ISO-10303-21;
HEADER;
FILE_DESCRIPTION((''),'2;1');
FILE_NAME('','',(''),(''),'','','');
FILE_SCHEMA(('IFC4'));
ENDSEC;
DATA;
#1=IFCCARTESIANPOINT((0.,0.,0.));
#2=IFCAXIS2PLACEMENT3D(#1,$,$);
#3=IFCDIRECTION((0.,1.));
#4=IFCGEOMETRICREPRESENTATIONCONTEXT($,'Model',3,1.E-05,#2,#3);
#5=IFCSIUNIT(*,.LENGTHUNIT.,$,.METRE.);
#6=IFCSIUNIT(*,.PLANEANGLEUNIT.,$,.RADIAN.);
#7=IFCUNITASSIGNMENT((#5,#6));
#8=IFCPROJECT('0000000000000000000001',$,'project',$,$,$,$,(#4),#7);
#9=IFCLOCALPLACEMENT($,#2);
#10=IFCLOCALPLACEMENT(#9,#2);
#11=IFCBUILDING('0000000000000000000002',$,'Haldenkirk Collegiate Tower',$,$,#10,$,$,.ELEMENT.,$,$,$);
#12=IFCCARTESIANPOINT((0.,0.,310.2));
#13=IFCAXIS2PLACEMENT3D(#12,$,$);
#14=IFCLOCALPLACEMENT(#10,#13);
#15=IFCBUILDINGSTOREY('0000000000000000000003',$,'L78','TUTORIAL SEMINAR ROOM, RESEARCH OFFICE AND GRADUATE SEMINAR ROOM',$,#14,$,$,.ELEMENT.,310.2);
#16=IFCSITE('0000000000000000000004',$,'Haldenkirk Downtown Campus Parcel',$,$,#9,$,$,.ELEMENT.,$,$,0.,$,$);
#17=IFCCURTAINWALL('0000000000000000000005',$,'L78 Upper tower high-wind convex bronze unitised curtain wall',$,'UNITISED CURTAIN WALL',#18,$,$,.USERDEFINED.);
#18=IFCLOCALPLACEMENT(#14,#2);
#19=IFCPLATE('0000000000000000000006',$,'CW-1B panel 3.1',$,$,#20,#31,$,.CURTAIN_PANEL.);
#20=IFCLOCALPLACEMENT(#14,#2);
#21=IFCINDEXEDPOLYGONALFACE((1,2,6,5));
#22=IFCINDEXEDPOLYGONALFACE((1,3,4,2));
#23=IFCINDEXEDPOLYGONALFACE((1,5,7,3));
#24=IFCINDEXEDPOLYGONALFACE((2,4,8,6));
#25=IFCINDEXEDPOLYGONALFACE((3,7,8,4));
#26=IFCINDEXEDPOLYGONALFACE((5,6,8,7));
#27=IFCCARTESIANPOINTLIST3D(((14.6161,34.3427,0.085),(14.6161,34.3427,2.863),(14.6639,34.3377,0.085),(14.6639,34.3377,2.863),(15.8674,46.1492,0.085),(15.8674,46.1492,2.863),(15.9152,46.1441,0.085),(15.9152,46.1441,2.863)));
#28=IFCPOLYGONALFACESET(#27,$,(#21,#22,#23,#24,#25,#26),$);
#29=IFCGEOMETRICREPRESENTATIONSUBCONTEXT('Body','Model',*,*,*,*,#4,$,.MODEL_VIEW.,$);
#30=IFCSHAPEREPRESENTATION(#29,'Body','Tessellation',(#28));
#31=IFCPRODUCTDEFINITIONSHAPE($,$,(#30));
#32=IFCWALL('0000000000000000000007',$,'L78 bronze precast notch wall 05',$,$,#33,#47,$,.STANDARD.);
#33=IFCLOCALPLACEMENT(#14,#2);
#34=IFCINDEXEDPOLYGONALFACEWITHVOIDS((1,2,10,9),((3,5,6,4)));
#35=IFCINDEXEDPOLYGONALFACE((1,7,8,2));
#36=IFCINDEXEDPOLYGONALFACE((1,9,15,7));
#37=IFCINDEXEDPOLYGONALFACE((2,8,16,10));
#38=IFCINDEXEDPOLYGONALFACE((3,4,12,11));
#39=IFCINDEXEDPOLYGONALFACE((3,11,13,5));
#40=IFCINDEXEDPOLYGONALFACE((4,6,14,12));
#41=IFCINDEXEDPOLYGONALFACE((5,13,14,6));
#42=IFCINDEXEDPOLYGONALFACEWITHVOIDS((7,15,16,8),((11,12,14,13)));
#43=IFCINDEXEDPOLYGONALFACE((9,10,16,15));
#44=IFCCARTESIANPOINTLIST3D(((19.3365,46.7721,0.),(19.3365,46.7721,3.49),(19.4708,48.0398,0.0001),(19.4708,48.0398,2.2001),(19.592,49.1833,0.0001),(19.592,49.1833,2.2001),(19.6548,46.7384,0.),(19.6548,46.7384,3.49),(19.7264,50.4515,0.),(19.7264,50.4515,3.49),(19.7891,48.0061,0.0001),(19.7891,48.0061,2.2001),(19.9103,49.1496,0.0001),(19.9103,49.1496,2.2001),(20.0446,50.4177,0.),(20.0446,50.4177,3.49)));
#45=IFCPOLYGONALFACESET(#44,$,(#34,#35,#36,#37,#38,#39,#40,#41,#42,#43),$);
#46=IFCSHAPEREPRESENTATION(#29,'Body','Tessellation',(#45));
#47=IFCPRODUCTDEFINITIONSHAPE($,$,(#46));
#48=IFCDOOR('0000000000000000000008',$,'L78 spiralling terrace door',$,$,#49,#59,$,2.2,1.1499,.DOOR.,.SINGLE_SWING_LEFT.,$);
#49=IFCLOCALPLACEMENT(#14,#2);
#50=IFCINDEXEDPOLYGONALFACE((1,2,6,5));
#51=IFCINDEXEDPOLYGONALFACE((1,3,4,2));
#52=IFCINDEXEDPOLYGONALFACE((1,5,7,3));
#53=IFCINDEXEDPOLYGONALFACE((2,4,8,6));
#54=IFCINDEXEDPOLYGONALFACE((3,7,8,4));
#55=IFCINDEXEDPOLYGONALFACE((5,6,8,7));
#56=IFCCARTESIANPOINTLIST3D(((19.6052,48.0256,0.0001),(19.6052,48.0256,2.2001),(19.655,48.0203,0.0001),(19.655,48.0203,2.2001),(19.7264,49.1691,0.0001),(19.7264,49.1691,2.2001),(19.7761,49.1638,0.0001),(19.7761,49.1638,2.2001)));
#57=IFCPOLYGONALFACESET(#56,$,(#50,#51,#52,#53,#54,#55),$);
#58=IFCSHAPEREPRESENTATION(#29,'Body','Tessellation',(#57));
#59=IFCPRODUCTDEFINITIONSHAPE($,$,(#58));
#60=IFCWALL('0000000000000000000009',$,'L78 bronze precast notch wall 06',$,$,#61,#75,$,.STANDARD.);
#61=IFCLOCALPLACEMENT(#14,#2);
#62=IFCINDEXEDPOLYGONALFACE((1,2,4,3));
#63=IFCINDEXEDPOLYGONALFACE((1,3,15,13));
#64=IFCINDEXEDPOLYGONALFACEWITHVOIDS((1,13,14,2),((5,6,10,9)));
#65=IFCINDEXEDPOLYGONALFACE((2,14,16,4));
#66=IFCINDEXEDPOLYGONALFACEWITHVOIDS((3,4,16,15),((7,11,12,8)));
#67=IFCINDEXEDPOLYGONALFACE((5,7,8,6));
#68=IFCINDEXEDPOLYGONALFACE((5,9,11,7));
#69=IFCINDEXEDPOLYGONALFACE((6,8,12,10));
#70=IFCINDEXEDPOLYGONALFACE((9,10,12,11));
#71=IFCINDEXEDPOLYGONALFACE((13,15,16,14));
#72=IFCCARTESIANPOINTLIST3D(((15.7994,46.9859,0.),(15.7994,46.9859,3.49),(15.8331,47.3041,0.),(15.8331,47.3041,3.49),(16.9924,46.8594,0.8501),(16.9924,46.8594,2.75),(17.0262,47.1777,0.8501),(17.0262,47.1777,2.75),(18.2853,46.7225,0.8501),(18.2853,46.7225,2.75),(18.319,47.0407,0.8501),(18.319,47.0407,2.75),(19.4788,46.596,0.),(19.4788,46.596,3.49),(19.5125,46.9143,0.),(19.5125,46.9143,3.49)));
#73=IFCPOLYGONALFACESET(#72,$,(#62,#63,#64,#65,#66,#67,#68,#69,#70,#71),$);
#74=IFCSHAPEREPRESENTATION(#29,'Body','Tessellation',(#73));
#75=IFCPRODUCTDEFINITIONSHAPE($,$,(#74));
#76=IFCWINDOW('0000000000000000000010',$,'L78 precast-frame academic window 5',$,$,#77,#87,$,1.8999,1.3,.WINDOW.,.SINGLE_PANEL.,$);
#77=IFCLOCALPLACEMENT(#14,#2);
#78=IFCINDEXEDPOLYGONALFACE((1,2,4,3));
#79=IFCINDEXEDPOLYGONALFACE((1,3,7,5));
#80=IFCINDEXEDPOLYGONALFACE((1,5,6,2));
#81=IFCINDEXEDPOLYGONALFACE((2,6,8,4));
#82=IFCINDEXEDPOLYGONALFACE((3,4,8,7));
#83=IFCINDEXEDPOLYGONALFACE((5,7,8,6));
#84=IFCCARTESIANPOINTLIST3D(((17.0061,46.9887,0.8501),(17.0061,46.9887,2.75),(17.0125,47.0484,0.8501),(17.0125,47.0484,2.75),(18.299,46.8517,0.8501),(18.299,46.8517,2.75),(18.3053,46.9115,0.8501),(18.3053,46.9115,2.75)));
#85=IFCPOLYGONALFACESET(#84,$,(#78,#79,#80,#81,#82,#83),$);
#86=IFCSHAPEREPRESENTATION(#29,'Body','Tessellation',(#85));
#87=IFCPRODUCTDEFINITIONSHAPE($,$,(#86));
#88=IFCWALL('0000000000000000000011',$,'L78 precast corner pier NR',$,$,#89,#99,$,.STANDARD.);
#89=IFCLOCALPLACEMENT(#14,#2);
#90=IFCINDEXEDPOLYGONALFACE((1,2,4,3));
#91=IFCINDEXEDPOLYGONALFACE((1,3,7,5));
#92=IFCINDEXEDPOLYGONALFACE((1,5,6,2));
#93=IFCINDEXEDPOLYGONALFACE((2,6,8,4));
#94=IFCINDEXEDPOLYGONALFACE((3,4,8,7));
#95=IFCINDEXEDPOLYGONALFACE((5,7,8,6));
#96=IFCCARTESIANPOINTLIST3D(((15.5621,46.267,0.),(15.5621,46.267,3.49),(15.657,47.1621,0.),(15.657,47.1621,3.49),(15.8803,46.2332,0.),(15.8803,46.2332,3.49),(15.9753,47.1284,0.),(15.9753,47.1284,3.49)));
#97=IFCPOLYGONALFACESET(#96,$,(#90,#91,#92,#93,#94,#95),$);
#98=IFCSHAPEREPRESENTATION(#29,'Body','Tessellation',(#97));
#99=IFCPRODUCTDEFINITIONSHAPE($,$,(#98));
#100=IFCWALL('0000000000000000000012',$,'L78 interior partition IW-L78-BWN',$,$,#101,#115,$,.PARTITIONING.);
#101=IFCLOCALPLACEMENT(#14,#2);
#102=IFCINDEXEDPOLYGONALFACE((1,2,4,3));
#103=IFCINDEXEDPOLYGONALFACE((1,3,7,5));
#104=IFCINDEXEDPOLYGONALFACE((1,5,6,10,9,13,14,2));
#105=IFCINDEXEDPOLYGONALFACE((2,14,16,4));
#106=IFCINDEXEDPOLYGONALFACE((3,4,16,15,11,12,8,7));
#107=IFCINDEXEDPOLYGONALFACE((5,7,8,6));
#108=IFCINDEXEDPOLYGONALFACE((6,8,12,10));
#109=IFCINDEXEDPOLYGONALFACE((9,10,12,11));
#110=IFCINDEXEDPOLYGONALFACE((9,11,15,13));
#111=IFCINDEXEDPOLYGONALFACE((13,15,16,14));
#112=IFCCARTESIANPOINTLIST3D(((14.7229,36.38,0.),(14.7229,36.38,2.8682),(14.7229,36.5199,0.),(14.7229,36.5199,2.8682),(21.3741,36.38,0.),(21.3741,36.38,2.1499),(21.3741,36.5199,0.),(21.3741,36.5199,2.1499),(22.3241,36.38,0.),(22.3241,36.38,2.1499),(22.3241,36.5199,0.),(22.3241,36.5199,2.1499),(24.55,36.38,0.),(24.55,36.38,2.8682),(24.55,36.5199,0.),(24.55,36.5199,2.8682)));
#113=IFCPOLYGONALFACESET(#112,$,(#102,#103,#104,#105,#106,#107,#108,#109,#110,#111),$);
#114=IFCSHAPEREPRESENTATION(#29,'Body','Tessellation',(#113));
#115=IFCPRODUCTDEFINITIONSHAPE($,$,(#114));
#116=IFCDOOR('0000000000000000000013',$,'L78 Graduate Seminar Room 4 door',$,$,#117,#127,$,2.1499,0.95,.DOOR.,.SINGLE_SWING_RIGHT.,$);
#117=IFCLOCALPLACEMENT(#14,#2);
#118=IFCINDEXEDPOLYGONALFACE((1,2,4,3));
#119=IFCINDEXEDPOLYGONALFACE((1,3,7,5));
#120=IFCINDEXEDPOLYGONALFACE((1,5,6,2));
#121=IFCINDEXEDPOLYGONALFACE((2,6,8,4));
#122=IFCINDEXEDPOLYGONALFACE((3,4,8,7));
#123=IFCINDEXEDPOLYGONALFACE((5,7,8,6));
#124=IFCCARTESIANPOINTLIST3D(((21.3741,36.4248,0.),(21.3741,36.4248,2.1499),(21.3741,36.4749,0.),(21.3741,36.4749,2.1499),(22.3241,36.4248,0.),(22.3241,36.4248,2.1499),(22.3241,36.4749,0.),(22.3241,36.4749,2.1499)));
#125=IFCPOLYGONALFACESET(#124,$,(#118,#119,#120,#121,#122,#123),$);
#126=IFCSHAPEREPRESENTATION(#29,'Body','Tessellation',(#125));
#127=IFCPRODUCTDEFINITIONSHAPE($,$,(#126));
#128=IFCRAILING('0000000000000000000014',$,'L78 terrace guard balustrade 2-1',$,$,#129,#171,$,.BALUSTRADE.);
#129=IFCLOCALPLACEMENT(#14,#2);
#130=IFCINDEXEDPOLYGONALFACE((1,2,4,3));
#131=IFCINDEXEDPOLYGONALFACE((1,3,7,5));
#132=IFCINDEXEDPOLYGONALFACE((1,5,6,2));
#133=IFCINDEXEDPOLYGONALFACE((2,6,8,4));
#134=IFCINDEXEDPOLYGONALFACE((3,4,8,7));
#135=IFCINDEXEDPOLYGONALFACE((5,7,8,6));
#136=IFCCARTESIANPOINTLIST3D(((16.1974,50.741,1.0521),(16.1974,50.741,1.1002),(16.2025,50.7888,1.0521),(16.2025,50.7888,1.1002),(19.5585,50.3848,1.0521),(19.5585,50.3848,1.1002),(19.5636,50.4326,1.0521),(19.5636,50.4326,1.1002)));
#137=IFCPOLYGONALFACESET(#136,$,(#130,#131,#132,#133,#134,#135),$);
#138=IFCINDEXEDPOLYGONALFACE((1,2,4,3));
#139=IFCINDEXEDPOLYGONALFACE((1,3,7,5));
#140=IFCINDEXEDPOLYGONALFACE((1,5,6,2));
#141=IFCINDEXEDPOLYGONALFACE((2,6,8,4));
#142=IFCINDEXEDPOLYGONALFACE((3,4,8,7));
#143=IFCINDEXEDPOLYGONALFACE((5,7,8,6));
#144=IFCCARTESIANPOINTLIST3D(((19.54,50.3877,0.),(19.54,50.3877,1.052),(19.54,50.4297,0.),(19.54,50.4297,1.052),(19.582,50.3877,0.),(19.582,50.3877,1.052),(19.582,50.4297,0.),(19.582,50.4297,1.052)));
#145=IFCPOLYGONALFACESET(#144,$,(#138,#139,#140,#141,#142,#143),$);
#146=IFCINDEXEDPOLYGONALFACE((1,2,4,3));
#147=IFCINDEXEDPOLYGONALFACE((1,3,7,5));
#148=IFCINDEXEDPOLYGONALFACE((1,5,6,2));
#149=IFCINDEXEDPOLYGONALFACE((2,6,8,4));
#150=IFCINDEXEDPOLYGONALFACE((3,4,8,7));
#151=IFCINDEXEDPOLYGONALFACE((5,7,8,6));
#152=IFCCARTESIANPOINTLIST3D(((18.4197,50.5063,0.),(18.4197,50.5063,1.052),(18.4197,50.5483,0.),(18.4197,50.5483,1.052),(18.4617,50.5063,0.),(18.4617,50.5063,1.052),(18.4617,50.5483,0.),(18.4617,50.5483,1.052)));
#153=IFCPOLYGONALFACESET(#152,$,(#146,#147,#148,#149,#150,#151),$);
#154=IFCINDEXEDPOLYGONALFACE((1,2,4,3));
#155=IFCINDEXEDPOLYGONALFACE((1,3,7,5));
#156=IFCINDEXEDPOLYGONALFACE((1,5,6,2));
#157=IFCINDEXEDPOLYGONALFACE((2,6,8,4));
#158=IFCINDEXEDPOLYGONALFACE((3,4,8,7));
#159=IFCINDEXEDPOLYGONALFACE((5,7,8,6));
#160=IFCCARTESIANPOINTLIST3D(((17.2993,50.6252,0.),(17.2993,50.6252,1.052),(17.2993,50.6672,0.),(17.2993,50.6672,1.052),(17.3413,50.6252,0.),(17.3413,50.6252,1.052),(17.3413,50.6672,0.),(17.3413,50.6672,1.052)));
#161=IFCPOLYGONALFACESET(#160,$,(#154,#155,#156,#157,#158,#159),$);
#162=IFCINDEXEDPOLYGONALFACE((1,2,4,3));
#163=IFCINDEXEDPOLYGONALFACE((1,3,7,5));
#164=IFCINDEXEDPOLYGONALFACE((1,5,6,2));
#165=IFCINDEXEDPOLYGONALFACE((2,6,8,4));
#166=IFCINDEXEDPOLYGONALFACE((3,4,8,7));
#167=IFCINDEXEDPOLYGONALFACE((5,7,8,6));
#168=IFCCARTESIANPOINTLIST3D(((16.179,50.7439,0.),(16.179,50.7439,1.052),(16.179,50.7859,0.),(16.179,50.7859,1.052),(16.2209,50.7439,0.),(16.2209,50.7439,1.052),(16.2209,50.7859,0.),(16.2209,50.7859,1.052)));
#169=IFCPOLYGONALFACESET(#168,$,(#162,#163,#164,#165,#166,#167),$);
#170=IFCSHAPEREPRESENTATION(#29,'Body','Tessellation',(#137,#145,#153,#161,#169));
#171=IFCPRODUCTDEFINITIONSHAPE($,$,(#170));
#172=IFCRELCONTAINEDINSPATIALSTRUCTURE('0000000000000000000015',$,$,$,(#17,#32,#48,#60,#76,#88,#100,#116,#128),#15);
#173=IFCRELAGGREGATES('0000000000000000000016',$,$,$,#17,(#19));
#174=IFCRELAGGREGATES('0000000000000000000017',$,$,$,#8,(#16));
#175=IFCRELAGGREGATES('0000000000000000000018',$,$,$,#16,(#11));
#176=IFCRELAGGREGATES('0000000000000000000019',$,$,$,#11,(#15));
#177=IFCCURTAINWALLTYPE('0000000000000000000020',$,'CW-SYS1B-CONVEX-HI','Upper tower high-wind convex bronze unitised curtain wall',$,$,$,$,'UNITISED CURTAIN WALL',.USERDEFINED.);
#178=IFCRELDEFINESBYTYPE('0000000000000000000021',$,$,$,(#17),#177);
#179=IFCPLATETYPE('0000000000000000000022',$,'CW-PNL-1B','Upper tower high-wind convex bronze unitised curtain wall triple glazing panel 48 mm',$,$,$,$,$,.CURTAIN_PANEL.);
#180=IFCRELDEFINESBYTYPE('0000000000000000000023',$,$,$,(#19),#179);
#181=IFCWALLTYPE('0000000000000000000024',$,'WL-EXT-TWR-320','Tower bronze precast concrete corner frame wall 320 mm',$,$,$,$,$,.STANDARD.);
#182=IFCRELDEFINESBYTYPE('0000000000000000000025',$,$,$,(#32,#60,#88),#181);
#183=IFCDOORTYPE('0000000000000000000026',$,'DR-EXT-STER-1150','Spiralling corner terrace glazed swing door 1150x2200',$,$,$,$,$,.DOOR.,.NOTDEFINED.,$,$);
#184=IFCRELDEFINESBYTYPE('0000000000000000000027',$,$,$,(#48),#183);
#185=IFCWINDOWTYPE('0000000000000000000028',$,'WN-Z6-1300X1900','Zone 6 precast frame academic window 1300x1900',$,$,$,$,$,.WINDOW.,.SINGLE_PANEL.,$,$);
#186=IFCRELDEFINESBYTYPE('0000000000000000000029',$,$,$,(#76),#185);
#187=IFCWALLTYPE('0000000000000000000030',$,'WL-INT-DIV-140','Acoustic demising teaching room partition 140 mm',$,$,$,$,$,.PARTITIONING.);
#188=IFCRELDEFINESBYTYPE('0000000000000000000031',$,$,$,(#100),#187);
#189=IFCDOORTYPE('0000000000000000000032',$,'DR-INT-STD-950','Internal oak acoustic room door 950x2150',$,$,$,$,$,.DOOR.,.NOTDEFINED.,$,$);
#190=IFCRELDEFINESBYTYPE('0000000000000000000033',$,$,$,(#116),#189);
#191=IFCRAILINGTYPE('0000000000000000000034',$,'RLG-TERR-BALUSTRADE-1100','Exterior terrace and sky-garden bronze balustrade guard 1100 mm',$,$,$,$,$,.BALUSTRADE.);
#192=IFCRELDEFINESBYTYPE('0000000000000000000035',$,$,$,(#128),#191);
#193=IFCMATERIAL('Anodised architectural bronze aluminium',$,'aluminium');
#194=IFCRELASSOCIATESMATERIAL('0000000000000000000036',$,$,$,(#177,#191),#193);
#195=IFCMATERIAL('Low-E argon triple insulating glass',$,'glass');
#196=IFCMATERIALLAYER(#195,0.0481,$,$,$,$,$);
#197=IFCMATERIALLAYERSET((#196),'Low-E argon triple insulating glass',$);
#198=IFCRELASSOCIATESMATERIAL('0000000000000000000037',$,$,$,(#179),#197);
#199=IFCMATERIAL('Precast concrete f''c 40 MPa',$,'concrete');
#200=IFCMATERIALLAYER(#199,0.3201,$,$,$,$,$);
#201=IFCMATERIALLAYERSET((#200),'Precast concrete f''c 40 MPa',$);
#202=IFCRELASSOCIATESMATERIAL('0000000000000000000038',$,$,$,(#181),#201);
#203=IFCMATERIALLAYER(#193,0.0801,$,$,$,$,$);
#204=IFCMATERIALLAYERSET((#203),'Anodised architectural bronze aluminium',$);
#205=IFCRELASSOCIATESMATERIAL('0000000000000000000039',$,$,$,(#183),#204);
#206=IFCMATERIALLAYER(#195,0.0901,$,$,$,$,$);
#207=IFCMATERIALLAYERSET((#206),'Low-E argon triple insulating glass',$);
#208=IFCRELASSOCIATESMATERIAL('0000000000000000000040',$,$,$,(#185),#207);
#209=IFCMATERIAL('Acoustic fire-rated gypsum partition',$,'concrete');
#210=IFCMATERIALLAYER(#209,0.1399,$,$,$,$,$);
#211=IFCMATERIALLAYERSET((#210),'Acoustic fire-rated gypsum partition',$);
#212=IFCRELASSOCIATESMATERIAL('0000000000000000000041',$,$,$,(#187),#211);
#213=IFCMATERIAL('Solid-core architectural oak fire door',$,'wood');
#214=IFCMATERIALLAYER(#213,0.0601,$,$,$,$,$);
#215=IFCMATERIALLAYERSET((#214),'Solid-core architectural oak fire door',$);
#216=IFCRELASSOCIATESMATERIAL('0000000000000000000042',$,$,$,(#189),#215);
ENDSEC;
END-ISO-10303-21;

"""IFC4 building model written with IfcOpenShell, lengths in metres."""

from ifc_helpers import new_model, si_unit, direction, frame, frame_2d, origin, origin_2d, place, context, subcontext, project, spatial, rectangle, extrude, source, transform, mapped, material, layer, layer_set, type_object, element, fill, aggregate, save


model = new_model("IFC4")

# Units and contexts
model_context = context("Model", 3, precision=1e-05, world=origin(), true_north=direction((0.0, 1.0)))
body_context = subcontext(model_context, "Body", "Model", "MODEL_VIEW")
ifc_project = project(units=[si_unit("LENGTHUNIT", "METRE"), si_unit("PLANEANGLEUNIT", "RADIAN")], contexts=[model_context])

# Site, building, storey
site_placement = place(None, origin())
site = spatial("IfcSite", under=ifc_project, at=site_placement, Name="Haldenkirk Downtown Campus Parcel", CompositionType="ELEMENT", RefElevation=0.0)
building_placement = place(site_placement, origin())
building = spatial("IfcBuilding", under=site, at=building_placement, Name="Haldenkirk Collegiate Tower", CompositionType="ELEMENT")
storey_placement = place(building_placement, frame((0.0, 0.0, 310.2)))
storey = spatial("IfcBuildingStorey", under=building, at=storey_placement, Name="L78", Description="TUTORIAL SEMINAR ROOM, RESEARCH OFFICE AND GRADUATE SEMINAR ROOM", CompositionType="ELEMENT", Elevation=310.2)

# Curtain wall, plate
ifc_material_1 = material(Name="Anodised architectural bronze aluminium", Category="aluminium")
curtain_wall_type = type_object("IfcCurtainWallType", Name="CW-SYS1B-CONVEX-HI", Description="Upper tower high-wind convex bronze unitised curtain wall", ElementType="UNITISED CURTAIN WALL", PredefinedType="USERDEFINED", material=ifc_material_1)
curtain_wall_placement = place(storey_placement, origin())
curtain_wall = element("IfcCurtainWall", 1, at=curtain_wall_placement, inside=storey, type_object=curtain_wall_type, Name="L78 Upper tower high-wind convex bronze unitised curtain wall", ObjectType="UNITISED CURTAIN WALL", PredefinedType="USERDEFINED")
ifc_material_2 = material(Name="Low-E argon triple insulating glass", Category="glass")
ifc_layer_1 = layer(ifc_material_2, 0.0481)
ifc_layer_set_1 = layer_set([ifc_layer_1], Name="Low-E argon triple insulating glass")
plate_type = type_object("IfcPlateType", Name="CW-PNL-1B", Description="Upper tower high-wind convex bronze unitised curtain wall triple glazing panel 48 mm", PredefinedType="CURTAIN_PANEL", material=ifc_layer_set_1)
shared_shape_1 = source(origin(), body_context, "Body", "SweptSolid", [
    extrude(rectangle(XDim=11.8726, YDim=0.0481, at=origin_2d()), origin(), (0.0, 0.0, 1.0), 2.7781),
])
plate_placement = place(storey_placement, frame((15.2656, 40.2434, 0.085), z_axis=(0.0, 0.0, 1.0), x_axis=(0.105394, 0.99443, 0.0)))
plate = element("IfcPlate", 2, at=plate_placement, type_object=plate_type, Name="CW-1B panel 3.1", PredefinedType="CURTAIN_PANEL", context=body_context, shape_type="MappedRepresentation", body=[
    mapped(shared_shape_1, transform((0.0, 0.0, 0.0), x_axis=(1.0, 0.0, 0.0), y_axis=(0.0, 1.0, 0.0), z_axis=(0.0, 0.0, 1.0), scale=1.0)),
])
aggregate(curtain_wall, [plate])

# Wall, opening, door
ifc_material_3 = material(Name="Precast concrete f'c 40 MPa", Category="concrete")
ifc_layer_2 = layer(ifc_material_3, 0.3201)
ifc_layer_set_2 = layer_set([ifc_layer_2], Name="Precast concrete f'c 40 MPa")
wall_type_1 = type_object("IfcWallType", Name="WL-EXT-TWR-320", Description="Tower bronze precast concrete corner frame wall 320 mm", PredefinedType="STANDARD", material=ifc_layer_set_2)
wall_1_placement = place(storey_placement, frame((19.4956, 46.7551, 0.0), z_axis=(0.0, 0.0, 1.0), x_axis=(0.105375, 0.994433, 0.0)))
wall_1 = element("IfcWall", 3, at=wall_1_placement, inside=storey, type_object=wall_type_1, Name="L78 bronze precast notch wall 05", PredefinedType="STANDARD", context=body_context, shape_type="SweptSolid", body=[
    extrude(rectangle(XDim=3.7, YDim=0.3201, at=frame_2d((1.8501, 0.0))), origin(), (0.0, 0.0, 1.0), 3.49),
])
opening_1_placement = place(wall_1_placement, frame((1.2749, 0.0, 0.0)))
opening_1 = element("IfcOpeningElement", 4, at=opening_1_placement, cuts=wall_1, PredefinedType="OPENING", context=body_context, shape_type="SweptSolid", body=[
    extrude(rectangle(XDim=1.1499, YDim=2.2, at=frame_2d((0.575, 1.1001))), frame((0.0, 0.1699, 0.0), z_axis=(0.0, -1.0, 0.0), x_axis=(1.0, 0.0, 0.0)), (0.0, 0.0, 1.0), 0.3401),
])
ifc_layer_3 = layer(ifc_material_1, 0.0801)
ifc_layer_set_3 = layer_set([ifc_layer_3], Name="Anodised architectural bronze aluminium")
door_type_1 = type_object("IfcDoorType", Name="DR-EXT-STER-1150", Description="Spiralling corner terrace glazed swing door 1150x2200", OperationType="NOTDEFINED", PredefinedType="DOOR", material=ifc_layer_set_3)
door_1_placement = place(opening_1_placement, origin())
door_1 = element("IfcDoor", 5, at=door_1_placement, inside=storey, type_object=door_type_1, Name="L78 spiralling terrace door", OperationType="SINGLE_SWING_LEFT", OverallHeight=2.2, OverallWidth=1.1499, PredefinedType="DOOR", context=body_context, shape_type="SweptSolid", body=[
    extrude(rectangle(XDim=1.1499, YDim=2.2, at=frame_2d((0.575, 1.1001))), frame((0.0, 0.0249, 0.0), z_axis=(0.0, -1.0, 0.0), x_axis=(1.0, 0.0, 0.0)), (0.0, 0.0, 1.0), 0.05),
])
fill(opening_1, door_1)

# Wall, opening, window
wall_2_placement = place(storey_placement, frame((15.8162, 47.145, 0.0), z_axis=(0.0, 0.0, 1.0), x_axis=(0.994433, -0.105375, 0.0)))
wall_2 = element("IfcWall", 6, at=wall_2_placement, inside=storey, type_object=wall_type_1, Name="L78 bronze precast notch wall 06", PredefinedType="STANDARD", context=body_context, shape_type="SweptSolid", body=[
    extrude(rectangle(XDim=3.7, YDim=0.3201, at=frame_2d((1.8501, 0.0))), origin(), (0.0, 0.0, 1.0), 3.49),
])
opening_2_placement = place(wall_2_placement, frame((1.2, 0.0, 0.8501)))
opening_2 = element("IfcOpeningElement", 7, at=opening_2_placement, cuts=wall_2, PredefinedType="OPENING", context=body_context, shape_type="SweptSolid", body=[
    extrude(rectangle(XDim=1.3, YDim=1.8999, at=frame_2d((0.6499, 0.95))), frame((0.0, 0.1699, 0.0), z_axis=(0.0, -1.0, 0.0), x_axis=(1.0, 0.0, 0.0)), (0.0, 0.0, 1.0), 0.3401),
])
ifc_layer_4 = layer(ifc_material_2, 0.0901)
ifc_layer_set_4 = layer_set([ifc_layer_4], Name="Low-E argon triple insulating glass")
window_type = type_object("IfcWindowType", Name="WN-Z6-1300X1900", Description="Zone 6 precast frame academic window 1300x1900", PartitioningType="SINGLE_PANEL", PredefinedType="WINDOW", material=ifc_layer_set_4)
window_placement = place(opening_2_placement, origin())
window = element("IfcWindow", 8, at=window_placement, inside=storey, type_object=window_type, Name="L78 precast-frame academic window 5", OverallHeight=1.8999, OverallWidth=1.3, PartitioningType="SINGLE_PANEL", PredefinedType="WINDOW", context=body_context, shape_type="SweptSolid", body=[
    extrude(rectangle(XDim=1.3, YDim=1.8999, at=frame_2d((0.6499, 0.95))), frame((0.0, 0.03, 0.0), z_axis=(0.0, -1.0, 0.0), x_axis=(1.0, 0.0, 0.0)), (0.0, 0.0, 1.0), 0.0601),
])
fill(opening_2, window)

# Wall
wall_3_placement = place(storey_placement, frame((15.7212, 46.25, 0.0), z_axis=(0.0, 0.0, 1.0), x_axis=(0.105518, 0.994417, 0.0)))
element("IfcWall", 9, at=wall_3_placement, inside=storey, type_object=wall_type_1, Name="L78 precast corner pier NR", PredefinedType="STANDARD", context=body_context, shape_type="SweptSolid", body=[
    extrude(rectangle(XDim=0.9001, YDim=0.3201, at=frame_2d((0.4502, 0.0))), origin(), (0.0, 0.0, 1.0), 3.49),
])

# Wall, opening, door
ifc_material_4 = material(Name="Acoustic fire-rated gypsum partition", Category="concrete")
ifc_layer_5 = layer(ifc_material_4, 0.1399)
ifc_layer_set_5 = layer_set([ifc_layer_5], Name="Acoustic fire-rated gypsum partition")
wall_type_2 = type_object("IfcWallType", Name="WL-INT-DIV-140", Description="Acoustic demising teaching room partition 140 mm", PredefinedType="PARTITIONING", material=ifc_layer_set_5)
wall_4_placement = place(storey_placement, frame((14.7229, 36.45, 0.0), z_axis=(0.0, 0.0, 1.0), x_axis=(1.0, 0.0, 0.0)))
wall_4 = element("IfcWall", 10, at=wall_4_placement, inside=storey, type_object=wall_type_2, Name="L78 interior partition IW-L78-BWN", PredefinedType="PARTITIONING", context=body_context, shape_type="SweptSolid", body=[
    extrude(rectangle(XDim=9.8271, YDim=0.1399, at=frame_2d((4.9136, 0.0))), origin(), (0.0, 0.0, 1.0), 2.8682),
])
opening_3_placement = place(wall_4_placement, frame((6.6511, 0.0, 0.0)))
opening_3 = element("IfcOpeningElement", 11, at=opening_3_placement, cuts=wall_4, PredefinedType="OPENING", context=body_context, shape_type="SweptSolid", body=[
    extrude(rectangle(XDim=0.95, YDim=2.1499, at=frame_2d((0.4751, 1.075))), frame((0.0, 0.0798, 0.0), z_axis=(0.0, -1.0, 0.0), x_axis=(1.0, 0.0, 0.0)), (0.0, 0.0, 1.0), 0.1599),
])
ifc_material_5 = material(Name="Solid-core architectural oak fire door", Category="wood")
ifc_layer_6 = layer(ifc_material_5, 0.0601)
ifc_layer_set_6 = layer_set([ifc_layer_6], Name="Solid-core architectural oak fire door")
door_type_2 = type_object("IfcDoorType", Name="DR-INT-STD-950", Description="Internal oak acoustic room door 950x2150", OperationType="NOTDEFINED", PredefinedType="DOOR", material=ifc_layer_set_6)
door_2_placement = place(opening_3_placement, origin())
door_2 = element("IfcDoor", 12, at=door_2_placement, inside=storey, type_object=door_type_2, Name="L78 Graduate Seminar Room 4 door", OperationType="SINGLE_SWING_RIGHT", OverallHeight=2.1499, OverallWidth=0.95, PredefinedType="DOOR", context=body_context, shape_type="SweptSolid", body=[
    extrude(rectangle(XDim=0.95, YDim=2.1499, at=frame_2d((0.4751, 1.075))), frame((0.0, 0.0249, 0.0), z_axis=(0.0, -1.0, 0.0), x_axis=(1.0, 0.0, 0.0)), (0.0, 0.0, 1.0), 0.05),
])
fill(opening_3, door_2)

# Railing
railing_type = type_object("IfcRailingType", Name="RLG-TERR-BALUSTRADE-1100", Description="Exterior terrace and sky-garden bronze balustrade guard 1100 mm", PredefinedType="BALUSTRADE", material=ifc_material_1)
railing_1_placement = place(storey_placement, frame((19.561, 50.4087, 0.0)))
element("IfcRailing", 13, at=railing_1_placement, inside=storey, type_object=railing_type, Name="L78 terrace guard balustrade 2-1", PredefinedType="BALUSTRADE", context=body_context, shape_type="SweptSolid", body=[
    extrude(rectangle(XDim=0.0481, YDim=0.0481, at=origin_2d()), frame((0.0, 0.0, 1.0762), z_axis=(-0.994431, 0.105388, 0.0), x_axis=(-0.105388, -0.994431, 0.0)), (0.0, 0.0, 1.0), 3.3799),
    extrude(rectangle(XDim=0.042, YDim=0.042, at=origin_2d()), origin(), (0.0, 0.0, 1.0), 1.052),
    extrude(rectangle(XDim=0.042, YDim=0.042, at=origin_2d()), frame((-1.1204, 0.1187, 0.0)), (0.0, 0.0, 1.0), 1.052),
    extrude(rectangle(XDim=0.042, YDim=0.042, at=origin_2d()), frame((-2.2407, 0.2375, 0.0)), (0.0, 0.0, 1.0), 1.052),
    extrude(rectangle(XDim=0.042, YDim=0.042, at=origin_2d()), frame((-3.3611, 0.3562, 0.0)), (0.0, 0.0, 1.0), 1.052),
])

save(model, "model.ifc")
